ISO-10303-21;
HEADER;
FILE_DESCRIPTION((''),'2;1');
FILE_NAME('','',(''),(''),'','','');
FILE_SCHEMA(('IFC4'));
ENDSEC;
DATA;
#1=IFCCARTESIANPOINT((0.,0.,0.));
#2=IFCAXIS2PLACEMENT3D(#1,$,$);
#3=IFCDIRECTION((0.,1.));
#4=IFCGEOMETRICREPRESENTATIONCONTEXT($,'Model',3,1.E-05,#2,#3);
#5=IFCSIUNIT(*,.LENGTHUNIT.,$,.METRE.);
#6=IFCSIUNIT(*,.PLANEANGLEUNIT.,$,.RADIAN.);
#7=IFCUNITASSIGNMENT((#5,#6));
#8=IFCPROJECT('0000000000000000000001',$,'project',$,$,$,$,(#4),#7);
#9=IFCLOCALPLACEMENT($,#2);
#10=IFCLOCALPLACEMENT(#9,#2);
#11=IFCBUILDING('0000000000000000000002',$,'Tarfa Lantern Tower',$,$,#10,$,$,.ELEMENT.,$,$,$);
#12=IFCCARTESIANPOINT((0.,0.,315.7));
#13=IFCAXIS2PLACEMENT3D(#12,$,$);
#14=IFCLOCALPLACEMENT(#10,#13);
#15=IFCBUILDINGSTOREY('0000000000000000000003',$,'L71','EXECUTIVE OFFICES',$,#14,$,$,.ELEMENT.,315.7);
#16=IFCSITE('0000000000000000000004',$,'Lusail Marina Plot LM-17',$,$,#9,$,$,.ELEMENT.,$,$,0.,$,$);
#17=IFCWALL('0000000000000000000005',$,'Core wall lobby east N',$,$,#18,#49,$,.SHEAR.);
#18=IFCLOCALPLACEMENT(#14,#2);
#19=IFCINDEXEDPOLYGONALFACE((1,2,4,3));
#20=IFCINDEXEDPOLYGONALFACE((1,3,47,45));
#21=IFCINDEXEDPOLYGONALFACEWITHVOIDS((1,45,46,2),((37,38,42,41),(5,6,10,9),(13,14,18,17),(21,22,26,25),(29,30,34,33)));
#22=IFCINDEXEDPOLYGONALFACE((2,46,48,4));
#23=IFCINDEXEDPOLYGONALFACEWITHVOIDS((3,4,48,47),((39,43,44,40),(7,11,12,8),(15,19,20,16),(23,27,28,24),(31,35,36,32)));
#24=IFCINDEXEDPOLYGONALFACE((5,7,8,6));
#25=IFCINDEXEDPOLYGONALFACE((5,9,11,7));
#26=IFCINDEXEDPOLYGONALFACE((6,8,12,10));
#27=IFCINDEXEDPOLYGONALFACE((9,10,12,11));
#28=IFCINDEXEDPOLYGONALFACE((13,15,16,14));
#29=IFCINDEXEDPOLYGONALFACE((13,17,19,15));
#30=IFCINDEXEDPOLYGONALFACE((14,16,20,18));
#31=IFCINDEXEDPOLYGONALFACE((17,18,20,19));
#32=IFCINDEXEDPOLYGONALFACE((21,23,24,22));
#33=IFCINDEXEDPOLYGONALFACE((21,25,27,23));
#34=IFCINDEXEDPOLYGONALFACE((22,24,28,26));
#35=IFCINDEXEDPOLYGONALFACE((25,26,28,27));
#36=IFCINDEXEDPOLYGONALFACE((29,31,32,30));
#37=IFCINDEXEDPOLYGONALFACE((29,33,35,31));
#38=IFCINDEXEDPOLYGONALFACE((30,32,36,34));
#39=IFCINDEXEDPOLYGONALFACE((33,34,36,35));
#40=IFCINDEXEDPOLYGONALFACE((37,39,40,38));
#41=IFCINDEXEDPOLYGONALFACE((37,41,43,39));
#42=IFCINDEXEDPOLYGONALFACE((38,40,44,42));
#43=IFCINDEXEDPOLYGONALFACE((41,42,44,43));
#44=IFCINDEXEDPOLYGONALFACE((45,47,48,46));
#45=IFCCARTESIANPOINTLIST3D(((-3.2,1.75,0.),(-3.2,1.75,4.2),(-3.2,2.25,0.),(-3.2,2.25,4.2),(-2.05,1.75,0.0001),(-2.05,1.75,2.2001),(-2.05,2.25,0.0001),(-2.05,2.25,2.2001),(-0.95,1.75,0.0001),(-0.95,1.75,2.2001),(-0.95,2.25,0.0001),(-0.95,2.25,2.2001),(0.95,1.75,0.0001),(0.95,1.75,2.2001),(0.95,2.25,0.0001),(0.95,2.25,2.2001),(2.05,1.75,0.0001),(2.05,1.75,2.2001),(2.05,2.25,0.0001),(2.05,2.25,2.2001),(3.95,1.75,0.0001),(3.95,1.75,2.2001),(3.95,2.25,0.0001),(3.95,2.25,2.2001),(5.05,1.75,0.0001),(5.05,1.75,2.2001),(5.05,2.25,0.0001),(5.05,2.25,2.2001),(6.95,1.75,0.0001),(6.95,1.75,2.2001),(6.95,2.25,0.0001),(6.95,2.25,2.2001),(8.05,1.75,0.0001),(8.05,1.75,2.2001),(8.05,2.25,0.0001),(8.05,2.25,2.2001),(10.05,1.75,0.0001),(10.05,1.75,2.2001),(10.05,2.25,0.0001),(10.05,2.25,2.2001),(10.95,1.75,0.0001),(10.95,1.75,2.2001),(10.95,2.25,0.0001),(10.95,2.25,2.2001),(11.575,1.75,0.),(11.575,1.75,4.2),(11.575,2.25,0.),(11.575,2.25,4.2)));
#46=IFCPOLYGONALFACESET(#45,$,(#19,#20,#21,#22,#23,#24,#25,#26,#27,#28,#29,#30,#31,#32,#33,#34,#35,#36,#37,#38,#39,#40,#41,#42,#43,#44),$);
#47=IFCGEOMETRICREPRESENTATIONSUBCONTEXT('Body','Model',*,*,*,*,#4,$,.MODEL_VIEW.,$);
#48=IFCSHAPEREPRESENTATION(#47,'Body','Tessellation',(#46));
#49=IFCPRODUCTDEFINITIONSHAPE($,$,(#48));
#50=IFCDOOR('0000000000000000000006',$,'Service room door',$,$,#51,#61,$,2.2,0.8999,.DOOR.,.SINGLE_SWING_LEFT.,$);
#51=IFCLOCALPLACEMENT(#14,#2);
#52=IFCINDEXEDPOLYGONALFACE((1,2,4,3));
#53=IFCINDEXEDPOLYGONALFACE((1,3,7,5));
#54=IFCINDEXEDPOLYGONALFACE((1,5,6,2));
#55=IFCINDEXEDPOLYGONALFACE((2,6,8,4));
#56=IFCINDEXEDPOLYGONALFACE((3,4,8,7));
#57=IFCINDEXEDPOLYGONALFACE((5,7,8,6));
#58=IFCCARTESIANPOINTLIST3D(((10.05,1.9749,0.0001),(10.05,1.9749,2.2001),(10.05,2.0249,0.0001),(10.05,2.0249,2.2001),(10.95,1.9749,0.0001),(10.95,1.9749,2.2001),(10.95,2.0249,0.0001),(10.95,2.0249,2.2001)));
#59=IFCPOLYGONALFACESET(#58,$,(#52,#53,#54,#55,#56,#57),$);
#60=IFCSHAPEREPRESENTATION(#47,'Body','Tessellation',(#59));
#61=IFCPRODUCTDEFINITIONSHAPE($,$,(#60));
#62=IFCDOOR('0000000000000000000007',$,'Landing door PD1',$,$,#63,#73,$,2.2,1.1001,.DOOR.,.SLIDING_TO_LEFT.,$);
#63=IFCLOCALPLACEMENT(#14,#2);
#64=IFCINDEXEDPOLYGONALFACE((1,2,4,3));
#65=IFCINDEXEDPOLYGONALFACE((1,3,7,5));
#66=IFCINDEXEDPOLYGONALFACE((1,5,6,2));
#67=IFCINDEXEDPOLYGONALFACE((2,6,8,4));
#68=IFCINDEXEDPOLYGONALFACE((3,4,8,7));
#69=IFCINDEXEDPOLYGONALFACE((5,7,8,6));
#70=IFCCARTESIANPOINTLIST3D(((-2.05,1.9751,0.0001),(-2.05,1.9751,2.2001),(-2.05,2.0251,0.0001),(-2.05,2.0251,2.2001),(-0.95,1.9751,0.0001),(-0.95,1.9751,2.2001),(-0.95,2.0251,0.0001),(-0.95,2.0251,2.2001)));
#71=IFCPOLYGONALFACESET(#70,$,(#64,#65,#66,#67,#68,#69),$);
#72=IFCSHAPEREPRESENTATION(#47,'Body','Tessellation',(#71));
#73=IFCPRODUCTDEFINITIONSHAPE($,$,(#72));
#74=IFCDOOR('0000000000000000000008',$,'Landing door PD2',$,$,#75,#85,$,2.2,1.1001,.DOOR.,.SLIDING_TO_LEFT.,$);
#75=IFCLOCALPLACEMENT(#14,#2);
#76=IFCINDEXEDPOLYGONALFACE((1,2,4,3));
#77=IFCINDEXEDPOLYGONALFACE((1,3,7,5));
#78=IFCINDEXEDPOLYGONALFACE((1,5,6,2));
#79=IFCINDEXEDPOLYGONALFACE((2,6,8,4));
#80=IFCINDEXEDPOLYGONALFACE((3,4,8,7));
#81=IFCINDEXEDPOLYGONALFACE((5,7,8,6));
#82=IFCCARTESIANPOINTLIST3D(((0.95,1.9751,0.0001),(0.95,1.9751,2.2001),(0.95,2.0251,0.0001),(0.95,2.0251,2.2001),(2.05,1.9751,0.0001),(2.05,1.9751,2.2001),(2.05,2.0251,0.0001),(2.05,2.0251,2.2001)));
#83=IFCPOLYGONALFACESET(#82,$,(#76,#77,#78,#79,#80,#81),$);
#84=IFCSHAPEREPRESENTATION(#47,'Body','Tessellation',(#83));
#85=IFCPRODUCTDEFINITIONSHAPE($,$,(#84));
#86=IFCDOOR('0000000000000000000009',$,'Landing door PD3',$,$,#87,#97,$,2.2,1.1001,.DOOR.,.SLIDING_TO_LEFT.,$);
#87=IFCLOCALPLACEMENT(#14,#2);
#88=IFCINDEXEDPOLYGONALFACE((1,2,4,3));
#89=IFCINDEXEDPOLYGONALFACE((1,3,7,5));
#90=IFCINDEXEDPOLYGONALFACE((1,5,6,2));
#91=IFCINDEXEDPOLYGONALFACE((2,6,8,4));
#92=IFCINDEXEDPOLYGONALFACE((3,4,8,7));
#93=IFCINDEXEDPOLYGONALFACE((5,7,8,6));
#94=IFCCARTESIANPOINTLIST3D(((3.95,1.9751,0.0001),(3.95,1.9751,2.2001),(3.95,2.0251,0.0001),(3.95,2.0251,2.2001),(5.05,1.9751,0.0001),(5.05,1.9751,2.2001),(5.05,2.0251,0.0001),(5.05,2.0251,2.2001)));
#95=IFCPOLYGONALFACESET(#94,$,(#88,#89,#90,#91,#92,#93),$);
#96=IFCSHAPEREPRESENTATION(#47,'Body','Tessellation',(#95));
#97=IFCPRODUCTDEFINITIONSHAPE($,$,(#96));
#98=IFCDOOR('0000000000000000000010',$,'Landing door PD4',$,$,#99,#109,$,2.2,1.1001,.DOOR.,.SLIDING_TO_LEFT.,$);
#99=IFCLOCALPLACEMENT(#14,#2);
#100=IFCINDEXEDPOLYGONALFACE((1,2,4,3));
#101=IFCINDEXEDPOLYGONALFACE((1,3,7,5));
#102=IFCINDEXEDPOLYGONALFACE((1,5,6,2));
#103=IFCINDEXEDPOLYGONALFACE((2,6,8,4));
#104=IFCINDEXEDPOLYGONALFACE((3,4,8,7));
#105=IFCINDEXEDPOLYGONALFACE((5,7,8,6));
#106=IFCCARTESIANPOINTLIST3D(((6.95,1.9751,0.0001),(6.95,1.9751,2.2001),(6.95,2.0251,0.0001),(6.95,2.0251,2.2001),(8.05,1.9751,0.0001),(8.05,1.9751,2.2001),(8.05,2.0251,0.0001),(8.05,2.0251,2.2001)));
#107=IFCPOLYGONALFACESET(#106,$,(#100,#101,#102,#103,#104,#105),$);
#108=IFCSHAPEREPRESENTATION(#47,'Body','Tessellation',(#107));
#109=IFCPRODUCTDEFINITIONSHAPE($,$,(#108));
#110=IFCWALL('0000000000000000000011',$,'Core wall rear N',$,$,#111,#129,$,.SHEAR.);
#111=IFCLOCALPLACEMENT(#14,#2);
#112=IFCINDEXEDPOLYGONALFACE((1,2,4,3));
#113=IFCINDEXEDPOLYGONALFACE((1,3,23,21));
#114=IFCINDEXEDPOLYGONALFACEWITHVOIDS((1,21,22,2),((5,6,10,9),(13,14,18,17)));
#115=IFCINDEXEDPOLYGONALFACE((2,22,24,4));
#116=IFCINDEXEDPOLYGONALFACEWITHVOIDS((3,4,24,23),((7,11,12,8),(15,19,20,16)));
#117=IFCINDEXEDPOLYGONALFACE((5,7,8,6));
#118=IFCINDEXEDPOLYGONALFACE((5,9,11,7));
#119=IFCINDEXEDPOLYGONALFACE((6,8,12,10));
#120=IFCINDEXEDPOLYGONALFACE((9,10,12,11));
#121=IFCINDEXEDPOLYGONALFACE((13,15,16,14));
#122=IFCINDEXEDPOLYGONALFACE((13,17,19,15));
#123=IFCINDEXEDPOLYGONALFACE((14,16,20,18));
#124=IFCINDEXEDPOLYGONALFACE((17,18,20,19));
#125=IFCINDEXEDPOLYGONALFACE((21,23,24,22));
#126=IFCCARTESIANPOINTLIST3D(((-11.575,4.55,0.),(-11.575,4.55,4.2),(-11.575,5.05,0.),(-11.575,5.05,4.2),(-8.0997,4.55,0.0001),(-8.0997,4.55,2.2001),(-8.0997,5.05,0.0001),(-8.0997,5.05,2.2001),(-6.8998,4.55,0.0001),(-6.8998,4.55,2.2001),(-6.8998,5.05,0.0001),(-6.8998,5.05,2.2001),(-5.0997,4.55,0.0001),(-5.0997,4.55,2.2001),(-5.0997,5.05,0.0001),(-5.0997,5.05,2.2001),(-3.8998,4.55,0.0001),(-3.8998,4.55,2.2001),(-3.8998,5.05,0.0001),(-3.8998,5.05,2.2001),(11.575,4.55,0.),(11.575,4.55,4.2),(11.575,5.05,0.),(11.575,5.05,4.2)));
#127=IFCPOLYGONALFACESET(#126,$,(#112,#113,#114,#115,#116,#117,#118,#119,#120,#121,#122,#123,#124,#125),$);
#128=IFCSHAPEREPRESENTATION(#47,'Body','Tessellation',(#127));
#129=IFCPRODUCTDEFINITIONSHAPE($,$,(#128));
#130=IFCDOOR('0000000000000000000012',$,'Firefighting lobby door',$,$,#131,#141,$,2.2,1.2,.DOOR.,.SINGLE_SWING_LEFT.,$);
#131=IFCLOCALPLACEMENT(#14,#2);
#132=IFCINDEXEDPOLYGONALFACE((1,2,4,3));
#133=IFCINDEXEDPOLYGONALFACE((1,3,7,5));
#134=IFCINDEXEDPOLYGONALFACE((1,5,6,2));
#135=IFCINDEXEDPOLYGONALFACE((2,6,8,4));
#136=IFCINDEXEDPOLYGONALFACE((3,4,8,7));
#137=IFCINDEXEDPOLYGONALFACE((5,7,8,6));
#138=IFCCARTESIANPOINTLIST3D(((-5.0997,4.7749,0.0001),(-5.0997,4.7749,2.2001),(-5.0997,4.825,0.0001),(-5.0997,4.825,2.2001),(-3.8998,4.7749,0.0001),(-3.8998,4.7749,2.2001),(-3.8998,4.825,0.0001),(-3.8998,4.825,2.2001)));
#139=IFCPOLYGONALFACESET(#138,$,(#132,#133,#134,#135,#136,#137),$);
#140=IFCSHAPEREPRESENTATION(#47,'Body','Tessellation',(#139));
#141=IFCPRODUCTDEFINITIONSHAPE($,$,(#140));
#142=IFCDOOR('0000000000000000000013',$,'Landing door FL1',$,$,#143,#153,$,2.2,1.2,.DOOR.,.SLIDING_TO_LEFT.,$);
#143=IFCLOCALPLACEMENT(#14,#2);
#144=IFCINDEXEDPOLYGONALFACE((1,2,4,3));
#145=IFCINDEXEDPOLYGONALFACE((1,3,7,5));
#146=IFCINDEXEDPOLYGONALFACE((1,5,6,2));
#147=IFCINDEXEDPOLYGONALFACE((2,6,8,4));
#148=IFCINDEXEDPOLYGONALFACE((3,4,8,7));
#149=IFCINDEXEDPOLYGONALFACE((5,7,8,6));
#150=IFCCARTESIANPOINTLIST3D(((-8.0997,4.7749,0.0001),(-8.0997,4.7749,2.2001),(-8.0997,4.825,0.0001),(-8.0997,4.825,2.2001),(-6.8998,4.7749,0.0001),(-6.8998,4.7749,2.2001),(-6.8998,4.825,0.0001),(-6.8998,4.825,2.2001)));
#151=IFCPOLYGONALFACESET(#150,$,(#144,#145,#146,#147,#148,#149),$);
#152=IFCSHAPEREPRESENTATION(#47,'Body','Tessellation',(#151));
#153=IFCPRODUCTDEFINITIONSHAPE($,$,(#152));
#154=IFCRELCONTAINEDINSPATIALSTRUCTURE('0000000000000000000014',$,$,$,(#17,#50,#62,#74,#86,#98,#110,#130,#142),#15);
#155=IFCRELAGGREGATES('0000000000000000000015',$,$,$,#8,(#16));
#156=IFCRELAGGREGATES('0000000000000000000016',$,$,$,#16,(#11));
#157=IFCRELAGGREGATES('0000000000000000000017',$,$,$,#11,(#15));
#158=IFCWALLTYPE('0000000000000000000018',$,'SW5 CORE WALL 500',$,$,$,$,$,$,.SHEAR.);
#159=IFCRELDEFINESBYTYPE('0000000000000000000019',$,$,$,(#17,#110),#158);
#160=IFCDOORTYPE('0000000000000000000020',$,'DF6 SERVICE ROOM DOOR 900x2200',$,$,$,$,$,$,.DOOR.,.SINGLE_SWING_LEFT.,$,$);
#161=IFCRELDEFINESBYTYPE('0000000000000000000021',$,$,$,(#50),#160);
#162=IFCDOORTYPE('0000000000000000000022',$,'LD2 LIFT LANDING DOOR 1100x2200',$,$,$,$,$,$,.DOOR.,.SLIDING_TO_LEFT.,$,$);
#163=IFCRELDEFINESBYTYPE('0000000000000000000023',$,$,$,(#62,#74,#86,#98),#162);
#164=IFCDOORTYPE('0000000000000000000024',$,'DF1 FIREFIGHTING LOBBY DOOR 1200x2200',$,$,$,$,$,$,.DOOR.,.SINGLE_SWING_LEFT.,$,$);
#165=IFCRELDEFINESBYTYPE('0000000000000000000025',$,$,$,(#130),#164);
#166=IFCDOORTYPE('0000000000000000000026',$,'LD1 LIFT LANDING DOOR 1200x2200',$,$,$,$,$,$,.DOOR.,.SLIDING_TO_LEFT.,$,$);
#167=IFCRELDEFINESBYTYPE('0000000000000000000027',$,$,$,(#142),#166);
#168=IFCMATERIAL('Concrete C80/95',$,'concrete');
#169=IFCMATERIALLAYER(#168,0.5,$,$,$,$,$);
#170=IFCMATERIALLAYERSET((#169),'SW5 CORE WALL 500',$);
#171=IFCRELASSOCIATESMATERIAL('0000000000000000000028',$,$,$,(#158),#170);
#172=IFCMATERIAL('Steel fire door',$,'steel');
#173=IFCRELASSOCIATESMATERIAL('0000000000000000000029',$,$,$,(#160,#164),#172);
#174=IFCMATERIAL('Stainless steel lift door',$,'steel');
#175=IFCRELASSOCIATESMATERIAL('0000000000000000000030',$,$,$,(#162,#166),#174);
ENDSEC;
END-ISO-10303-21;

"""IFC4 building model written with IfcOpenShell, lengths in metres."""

from ifc_helpers import new_model, si_unit, direction, frame, frame_2d, origin, place, context, subcontext, project, spatial, rectangle, extrude, material, layer, layer_set, type_object, element, fill, save


model = new_model("IFC4")

# Units and contexts
model_context = context("Model", 3, precision=1e-05, world=origin(), true_north=direction((0.0, 1.0)))
body_context = subcontext(model_context, "Body", "Model", "MODEL_VIEW")
ifc_project = project(units=[si_unit("LENGTHUNIT", "METRE"), si_unit("PLANEANGLEUNIT", "RADIAN")], contexts=[model_context])

# Site, building, storey
site_placement = place(None, origin())
site = spatial("IfcSite", under=ifc_project, at=site_placement, Name="Lusail Marina Plot LM-17", CompositionType="ELEMENT", RefElevation=0.0)
building_placement = place(site_placement, origin())
building = spatial("IfcBuilding", under=site, at=building_placement, Name="Tarfa Lantern Tower", CompositionType="ELEMENT")
storey_placement = place(building_placement, frame((0.0, 0.0, 315.7)))
storey = spatial("IfcBuildingStorey", under=building, at=storey_placement, Name="L71", Description="EXECUTIVE OFFICES", CompositionType="ELEMENT", Elevation=315.7)

# Shared definitions
ifc_material_1 = material(Name="Concrete C80/95", Category="concrete")

# Shared definitions
ifc_material_2 = material(Name="Steel fire door", Category="steel")
ifc_layer_1 = layer(ifc_material_1, 0.5)
ifc_layer_set_1 = layer_set([ifc_layer_1], Name="SW5 CORE WALL 500")
wall_type_1 = type_object("IfcWallType", Name="SW5 CORE WALL 500", PredefinedType="SHEAR", material=ifc_layer_set_1)
door_type_1 = type_object("IfcDoorType", Name="DF6 SERVICE ROOM DOOR 900x2200", OperationType="SINGLE_SWING_LEFT", PredefinedType="DOOR", material=ifc_material_2)

# Walls, openings, doors
wall_1_placement = place(storey_placement, frame((-3.2, 2.0, 0.0), z_axis=(0.0, 0.0, 1.0), x_axis=(1.0, 0.0, 0.0)))
wall_1 = element("IfcWall", 1, at=wall_1_placement, inside=storey, type_object=wall_type_1, Name="Core wall lobby east N", PredefinedType="SHEAR", context=body_context, shape_type="SweptSolid", body=[
    extrude(rectangle(XDim=14.7749, YDim=0.5, at=frame_2d((7.3875, 0.0))), origin(), (0.0, 0.0, 1.0), 4.2),
])
opening_1_placement = place(wall_1_placement, frame((13.25, 0.0, 0.0)))
opening_1 = element("IfcOpeningElement", 2, at=opening_1_placement, cuts=wall_1, PredefinedType="OPENING", context=body_context, shape_type="SweptSolid", body=[
    extrude(rectangle(XDim=0.8999, YDim=2.2, at=frame_2d((0.45, 1.1001))), frame((0.0, 0.26, 0.0), z_axis=(0.0, -1.0, 0.0), x_axis=(1.0, 0.0, 0.0)), (0.0, 0.0, 1.0), 0.52),
])
opening_2_placement = place(wall_1_placement, frame((1.1499, 0.0, 0.0)))
opening_2 = element("IfcOpeningElement", 3, at=opening_2_placement, cuts=wall_1, PredefinedType="OPENING", context=body_context, shape_type="SweptSolid", body=[
    extrude(rectangle(XDim=1.1001, YDim=2.2, at=frame_2d((0.55, 1.1001))), frame((0.0, 0.26, 0.0), z_axis=(0.0, -1.0, 0.0), x_axis=(1.0, 0.0, 0.0)), (0.0, 0.0, 1.0), 0.52),
])
opening_3_placement = place(wall_1_placement, frame((4.1499, 0.0, 0.0)))
opening_3 = element("IfcOpeningElement", 4, at=opening_3_placement, cuts=wall_1, PredefinedType="OPENING", context=body_context, shape_type="SweptSolid", body=[
    extrude(rectangle(XDim=1.1001, YDim=2.2, at=frame_2d((0.55, 1.1001))), frame((0.0, 0.26, 0.0), z_axis=(0.0, -1.0, 0.0), x_axis=(1.0, 0.0, 0.0)), (0.0, 0.0, 1.0), 0.52),
])
opening_4_placement = place(wall_1_placement, frame((7.1499, 0.0, 0.0)))
opening_4 = element("IfcOpeningElement", 5, at=opening_4_placement, cuts=wall_1, PredefinedType="OPENING", context=body_context, shape_type="SweptSolid", body=[
    extrude(rectangle(XDim=1.1001, YDim=2.2, at=frame_2d((0.55, 1.1001))), frame((0.0, 0.26, 0.0), z_axis=(0.0, -1.0, 0.0), x_axis=(1.0, 0.0, 0.0)), (0.0, 0.0, 1.0), 0.52),
])
opening_5_placement = place(wall_1_placement, frame((10.1499, 0.0, 0.0)))
opening_5 = element("IfcOpeningElement", 6, at=opening_5_placement, cuts=wall_1, PredefinedType="OPENING", context=body_context, shape_type="SweptSolid", body=[
    extrude(rectangle(XDim=1.1001, YDim=2.2, at=frame_2d((0.55, 1.1001))), frame((0.0, 0.26, 0.0), z_axis=(0.0, -1.0, 0.0), x_axis=(1.0, 0.0, 0.0)), (0.0, 0.0, 1.0), 0.52),
])
door_1_placement = place(opening_1_placement, origin())
door_1 = element("IfcDoor", 7, at=door_1_placement, inside=storey, type_object=door_type_1, Name="Service room door", OperationType="SINGLE_SWING_LEFT", OverallHeight=2.2, OverallWidth=0.8999, PredefinedType="DOOR", context=body_context, shape_type="SweptSolid", body=[
    extrude(rectangle(XDim=0.8999, YDim=2.2, at=frame_2d((0.45, 1.1001))), frame((0.0, 0.0249, 0.0), z_axis=(0.0, -1.0, 0.0), x_axis=(1.0, 0.0, 0.0)), (0.0, 0.0, 1.0), 0.05),
])
fill(opening_1, door_1)
ifc_material_3 = material(Name="Stainless steel lift door", Category="steel")
door_type_2 = type_object("IfcDoorType", Name="LD2 LIFT LANDING DOOR 1100x2200", OperationType="SLIDING_TO_LEFT", PredefinedType="DOOR", material=ifc_material_3)
door_2_placement = place(opening_2_placement, frame((1.1001, 0.0, 0.0), z_axis=(0.0, 0.0, 1.0), x_axis=(-1.0, 0.0, 0.0)))
door_2 = element("IfcDoor", 8, at=door_2_placement, inside=storey, type_object=door_type_2, Name="Landing door PD1", OperationType="SLIDING_TO_LEFT", OverallHeight=2.2, OverallWidth=1.1001, PredefinedType="DOOR", context=body_context, shape_type="SweptSolid", body=[
    extrude(rectangle(XDim=1.1001, YDim=2.2, at=frame_2d((0.55, 1.1001))), frame((0.0, 0.0249, 0.0), z_axis=(0.0, -1.0, 0.0), x_axis=(1.0, 0.0, 0.0)), (0.0, 0.0, 1.0), 0.05),
])
fill(opening_2, door_2)
door_3_placement = place(opening_3_placement, frame((1.1001, 0.0, 0.0), z_axis=(0.0, 0.0, 1.0), x_axis=(-1.0, 0.0, 0.0)))
door_3 = element("IfcDoor", 9, at=door_3_placement, inside=storey, type_object=door_type_2, Name="Landing door PD2", OperationType="SLIDING_TO_LEFT", OverallHeight=2.2, OverallWidth=1.1001, PredefinedType="DOOR", context=body_context, shape_type="SweptSolid", body=[
    extrude(rectangle(XDim=1.1001, YDim=2.2, at=frame_2d((0.55, 1.1001))), frame((0.0, 0.0249, 0.0), z_axis=(0.0, -1.0, 0.0), x_axis=(1.0, 0.0, 0.0)), (0.0, 0.0, 1.0), 0.05),
])
fill(opening_3, door_3)
door_4_placement = place(opening_4_placement, frame((1.1001, 0.0, 0.0), z_axis=(0.0, 0.0, 1.0), x_axis=(-1.0, 0.0, 0.0)))
door_4 = element("IfcDoor", 10, at=door_4_placement, inside=storey, type_object=door_type_2, Name="Landing door PD3", OperationType="SLIDING_TO_LEFT", OverallHeight=2.2, OverallWidth=1.1001, PredefinedType="DOOR", context=body_context, shape_type="SweptSolid", body=[
    extrude(rectangle(XDim=1.1001, YDim=2.2, at=frame_2d((0.55, 1.1001))), frame((0.0, 0.0249, 0.0), z_axis=(0.0, -1.0, 0.0), x_axis=(1.0, 0.0, 0.0)), (0.0, 0.0, 1.0), 0.05),
])
fill(opening_4, door_4)
door_5_placement = place(opening_5_placement, frame((1.1001, 0.0, 0.0), z_axis=(0.0, 0.0, 1.0), x_axis=(-1.0, 0.0, 0.0)))
door_5 = element("IfcDoor", 11, at=door_5_placement, inside=storey, type_object=door_type_2, Name="Landing door PD4", OperationType="SLIDING_TO_LEFT", OverallHeight=2.2, OverallWidth=1.1001, PredefinedType="DOOR", context=body_context, shape_type="SweptSolid", body=[
    extrude(rectangle(XDim=1.1001, YDim=2.2, at=frame_2d((0.55, 1.1001))), frame((0.0, 0.0249, 0.0), z_axis=(0.0, -1.0, 0.0), x_axis=(1.0, 0.0, 0.0)), (0.0, 0.0, 1.0), 0.05),
])
fill(opening_5, door_5)
wall_2_placement = place(storey_placement, frame((-11.575, 4.8, 0.0), z_axis=(0.0, 0.0, 1.0), x_axis=(1.0, 0.0, 0.0)))
wall_2 = element("IfcWall", 12, at=wall_2_placement, inside=storey, type_object=wall_type_1, Name="Core wall rear N", PredefinedType="SHEAR", context=body_context, shape_type="SweptSolid", body=[
    extrude(rectangle(XDim=23.1499, YDim=0.5, at=frame_2d((11.575, 0.0))), origin(), (0.0, 0.0, 1.0), 4.2),
])
opening_6_placement = place(wall_2_placement, frame((6.4751, 0.0, 0.0)))
opening_6 = element("IfcOpeningElement", 13, at=opening_6_placement, cuts=wall_2, PredefinedType="OPENING", context=body_context, shape_type="SweptSolid", body=[
    extrude(rectangle(XDim=1.2, YDim=2.2, at=frame_2d((0.6001, 1.1001))), frame((0.0, 0.26, 0.0), z_axis=(0.0, -1.0, 0.0), x_axis=(1.0, 0.0, 0.0)), (0.0, 0.0, 1.0), 0.52),
])
opening_7_placement = place(wall_2_placement, frame((3.4751, 0.0, 0.0)))
opening_7 = element("IfcOpeningElement", 14, at=opening_7_placement, cuts=wall_2, PredefinedType="OPENING", context=body_context, shape_type="SweptSolid", body=[
    extrude(rectangle(XDim=1.2, YDim=2.2, at=frame_2d((0.6001, 1.1001))), frame((0.0, 0.26, 0.0), z_axis=(0.0, -1.0, 0.0), x_axis=(1.0, 0.0, 0.0)), (0.0, 0.0, 1.0), 0.52),
])
door_type_3 = type_object("IfcDoorType", Name="DF1 FIREFIGHTING LOBBY DOOR 1200x2200", OperationType="SINGLE_SWING_LEFT", PredefinedType="DOOR", material=ifc_material_2)
door_6_placement = place(opening_6_placement, origin())
door_6 = element("IfcDoor", 15, at=door_6_placement, inside=storey, type_object=door_type_3, Name="Firefighting lobby door", OperationType="SINGLE_SWING_LEFT", OverallHeight=2.2, OverallWidth=1.2, PredefinedType="DOOR", context=body_context, shape_type="SweptSolid", body=[
    extrude(rectangle(XDim=1.2, YDim=2.2, at=frame_2d((0.6001, 1.1001))), frame((0.0, 0.0249, 0.0), z_axis=(0.0, -1.0, 0.0), x_axis=(1.0, 0.0, 0.0)), (0.0, 0.0, 1.0), 0.05),
])
fill(opening_6, door_6)
door_type_4 = type_object("IfcDoorType", Name="LD1 LIFT LANDING DOOR 1200x2200", OperationType="SLIDING_TO_LEFT", PredefinedType="DOOR", material=ifc_material_3)
door_7_placement = place(opening_7_placement, origin())
door_7 = element("IfcDoor", 16, at=door_7_placement, inside=storey, type_object=door_type_4, Name="Landing door FL1", OperationType="SLIDING_TO_LEFT", OverallHeight=2.2, OverallWidth=1.2, PredefinedType="DOOR", context=body_context, shape_type="SweptSolid", body=[
    extrude(rectangle(XDim=1.2, YDim=2.2, at=frame_2d((0.6001, 1.1001))), frame((0.0, 0.0249, 0.0), z_axis=(0.0, -1.0, 0.0), x_axis=(1.0, 0.0, 0.0)), (0.0, 0.0, 1.0), 0.05),
])
fill(opening_7, door_7)

save(model, "model.ifc")
